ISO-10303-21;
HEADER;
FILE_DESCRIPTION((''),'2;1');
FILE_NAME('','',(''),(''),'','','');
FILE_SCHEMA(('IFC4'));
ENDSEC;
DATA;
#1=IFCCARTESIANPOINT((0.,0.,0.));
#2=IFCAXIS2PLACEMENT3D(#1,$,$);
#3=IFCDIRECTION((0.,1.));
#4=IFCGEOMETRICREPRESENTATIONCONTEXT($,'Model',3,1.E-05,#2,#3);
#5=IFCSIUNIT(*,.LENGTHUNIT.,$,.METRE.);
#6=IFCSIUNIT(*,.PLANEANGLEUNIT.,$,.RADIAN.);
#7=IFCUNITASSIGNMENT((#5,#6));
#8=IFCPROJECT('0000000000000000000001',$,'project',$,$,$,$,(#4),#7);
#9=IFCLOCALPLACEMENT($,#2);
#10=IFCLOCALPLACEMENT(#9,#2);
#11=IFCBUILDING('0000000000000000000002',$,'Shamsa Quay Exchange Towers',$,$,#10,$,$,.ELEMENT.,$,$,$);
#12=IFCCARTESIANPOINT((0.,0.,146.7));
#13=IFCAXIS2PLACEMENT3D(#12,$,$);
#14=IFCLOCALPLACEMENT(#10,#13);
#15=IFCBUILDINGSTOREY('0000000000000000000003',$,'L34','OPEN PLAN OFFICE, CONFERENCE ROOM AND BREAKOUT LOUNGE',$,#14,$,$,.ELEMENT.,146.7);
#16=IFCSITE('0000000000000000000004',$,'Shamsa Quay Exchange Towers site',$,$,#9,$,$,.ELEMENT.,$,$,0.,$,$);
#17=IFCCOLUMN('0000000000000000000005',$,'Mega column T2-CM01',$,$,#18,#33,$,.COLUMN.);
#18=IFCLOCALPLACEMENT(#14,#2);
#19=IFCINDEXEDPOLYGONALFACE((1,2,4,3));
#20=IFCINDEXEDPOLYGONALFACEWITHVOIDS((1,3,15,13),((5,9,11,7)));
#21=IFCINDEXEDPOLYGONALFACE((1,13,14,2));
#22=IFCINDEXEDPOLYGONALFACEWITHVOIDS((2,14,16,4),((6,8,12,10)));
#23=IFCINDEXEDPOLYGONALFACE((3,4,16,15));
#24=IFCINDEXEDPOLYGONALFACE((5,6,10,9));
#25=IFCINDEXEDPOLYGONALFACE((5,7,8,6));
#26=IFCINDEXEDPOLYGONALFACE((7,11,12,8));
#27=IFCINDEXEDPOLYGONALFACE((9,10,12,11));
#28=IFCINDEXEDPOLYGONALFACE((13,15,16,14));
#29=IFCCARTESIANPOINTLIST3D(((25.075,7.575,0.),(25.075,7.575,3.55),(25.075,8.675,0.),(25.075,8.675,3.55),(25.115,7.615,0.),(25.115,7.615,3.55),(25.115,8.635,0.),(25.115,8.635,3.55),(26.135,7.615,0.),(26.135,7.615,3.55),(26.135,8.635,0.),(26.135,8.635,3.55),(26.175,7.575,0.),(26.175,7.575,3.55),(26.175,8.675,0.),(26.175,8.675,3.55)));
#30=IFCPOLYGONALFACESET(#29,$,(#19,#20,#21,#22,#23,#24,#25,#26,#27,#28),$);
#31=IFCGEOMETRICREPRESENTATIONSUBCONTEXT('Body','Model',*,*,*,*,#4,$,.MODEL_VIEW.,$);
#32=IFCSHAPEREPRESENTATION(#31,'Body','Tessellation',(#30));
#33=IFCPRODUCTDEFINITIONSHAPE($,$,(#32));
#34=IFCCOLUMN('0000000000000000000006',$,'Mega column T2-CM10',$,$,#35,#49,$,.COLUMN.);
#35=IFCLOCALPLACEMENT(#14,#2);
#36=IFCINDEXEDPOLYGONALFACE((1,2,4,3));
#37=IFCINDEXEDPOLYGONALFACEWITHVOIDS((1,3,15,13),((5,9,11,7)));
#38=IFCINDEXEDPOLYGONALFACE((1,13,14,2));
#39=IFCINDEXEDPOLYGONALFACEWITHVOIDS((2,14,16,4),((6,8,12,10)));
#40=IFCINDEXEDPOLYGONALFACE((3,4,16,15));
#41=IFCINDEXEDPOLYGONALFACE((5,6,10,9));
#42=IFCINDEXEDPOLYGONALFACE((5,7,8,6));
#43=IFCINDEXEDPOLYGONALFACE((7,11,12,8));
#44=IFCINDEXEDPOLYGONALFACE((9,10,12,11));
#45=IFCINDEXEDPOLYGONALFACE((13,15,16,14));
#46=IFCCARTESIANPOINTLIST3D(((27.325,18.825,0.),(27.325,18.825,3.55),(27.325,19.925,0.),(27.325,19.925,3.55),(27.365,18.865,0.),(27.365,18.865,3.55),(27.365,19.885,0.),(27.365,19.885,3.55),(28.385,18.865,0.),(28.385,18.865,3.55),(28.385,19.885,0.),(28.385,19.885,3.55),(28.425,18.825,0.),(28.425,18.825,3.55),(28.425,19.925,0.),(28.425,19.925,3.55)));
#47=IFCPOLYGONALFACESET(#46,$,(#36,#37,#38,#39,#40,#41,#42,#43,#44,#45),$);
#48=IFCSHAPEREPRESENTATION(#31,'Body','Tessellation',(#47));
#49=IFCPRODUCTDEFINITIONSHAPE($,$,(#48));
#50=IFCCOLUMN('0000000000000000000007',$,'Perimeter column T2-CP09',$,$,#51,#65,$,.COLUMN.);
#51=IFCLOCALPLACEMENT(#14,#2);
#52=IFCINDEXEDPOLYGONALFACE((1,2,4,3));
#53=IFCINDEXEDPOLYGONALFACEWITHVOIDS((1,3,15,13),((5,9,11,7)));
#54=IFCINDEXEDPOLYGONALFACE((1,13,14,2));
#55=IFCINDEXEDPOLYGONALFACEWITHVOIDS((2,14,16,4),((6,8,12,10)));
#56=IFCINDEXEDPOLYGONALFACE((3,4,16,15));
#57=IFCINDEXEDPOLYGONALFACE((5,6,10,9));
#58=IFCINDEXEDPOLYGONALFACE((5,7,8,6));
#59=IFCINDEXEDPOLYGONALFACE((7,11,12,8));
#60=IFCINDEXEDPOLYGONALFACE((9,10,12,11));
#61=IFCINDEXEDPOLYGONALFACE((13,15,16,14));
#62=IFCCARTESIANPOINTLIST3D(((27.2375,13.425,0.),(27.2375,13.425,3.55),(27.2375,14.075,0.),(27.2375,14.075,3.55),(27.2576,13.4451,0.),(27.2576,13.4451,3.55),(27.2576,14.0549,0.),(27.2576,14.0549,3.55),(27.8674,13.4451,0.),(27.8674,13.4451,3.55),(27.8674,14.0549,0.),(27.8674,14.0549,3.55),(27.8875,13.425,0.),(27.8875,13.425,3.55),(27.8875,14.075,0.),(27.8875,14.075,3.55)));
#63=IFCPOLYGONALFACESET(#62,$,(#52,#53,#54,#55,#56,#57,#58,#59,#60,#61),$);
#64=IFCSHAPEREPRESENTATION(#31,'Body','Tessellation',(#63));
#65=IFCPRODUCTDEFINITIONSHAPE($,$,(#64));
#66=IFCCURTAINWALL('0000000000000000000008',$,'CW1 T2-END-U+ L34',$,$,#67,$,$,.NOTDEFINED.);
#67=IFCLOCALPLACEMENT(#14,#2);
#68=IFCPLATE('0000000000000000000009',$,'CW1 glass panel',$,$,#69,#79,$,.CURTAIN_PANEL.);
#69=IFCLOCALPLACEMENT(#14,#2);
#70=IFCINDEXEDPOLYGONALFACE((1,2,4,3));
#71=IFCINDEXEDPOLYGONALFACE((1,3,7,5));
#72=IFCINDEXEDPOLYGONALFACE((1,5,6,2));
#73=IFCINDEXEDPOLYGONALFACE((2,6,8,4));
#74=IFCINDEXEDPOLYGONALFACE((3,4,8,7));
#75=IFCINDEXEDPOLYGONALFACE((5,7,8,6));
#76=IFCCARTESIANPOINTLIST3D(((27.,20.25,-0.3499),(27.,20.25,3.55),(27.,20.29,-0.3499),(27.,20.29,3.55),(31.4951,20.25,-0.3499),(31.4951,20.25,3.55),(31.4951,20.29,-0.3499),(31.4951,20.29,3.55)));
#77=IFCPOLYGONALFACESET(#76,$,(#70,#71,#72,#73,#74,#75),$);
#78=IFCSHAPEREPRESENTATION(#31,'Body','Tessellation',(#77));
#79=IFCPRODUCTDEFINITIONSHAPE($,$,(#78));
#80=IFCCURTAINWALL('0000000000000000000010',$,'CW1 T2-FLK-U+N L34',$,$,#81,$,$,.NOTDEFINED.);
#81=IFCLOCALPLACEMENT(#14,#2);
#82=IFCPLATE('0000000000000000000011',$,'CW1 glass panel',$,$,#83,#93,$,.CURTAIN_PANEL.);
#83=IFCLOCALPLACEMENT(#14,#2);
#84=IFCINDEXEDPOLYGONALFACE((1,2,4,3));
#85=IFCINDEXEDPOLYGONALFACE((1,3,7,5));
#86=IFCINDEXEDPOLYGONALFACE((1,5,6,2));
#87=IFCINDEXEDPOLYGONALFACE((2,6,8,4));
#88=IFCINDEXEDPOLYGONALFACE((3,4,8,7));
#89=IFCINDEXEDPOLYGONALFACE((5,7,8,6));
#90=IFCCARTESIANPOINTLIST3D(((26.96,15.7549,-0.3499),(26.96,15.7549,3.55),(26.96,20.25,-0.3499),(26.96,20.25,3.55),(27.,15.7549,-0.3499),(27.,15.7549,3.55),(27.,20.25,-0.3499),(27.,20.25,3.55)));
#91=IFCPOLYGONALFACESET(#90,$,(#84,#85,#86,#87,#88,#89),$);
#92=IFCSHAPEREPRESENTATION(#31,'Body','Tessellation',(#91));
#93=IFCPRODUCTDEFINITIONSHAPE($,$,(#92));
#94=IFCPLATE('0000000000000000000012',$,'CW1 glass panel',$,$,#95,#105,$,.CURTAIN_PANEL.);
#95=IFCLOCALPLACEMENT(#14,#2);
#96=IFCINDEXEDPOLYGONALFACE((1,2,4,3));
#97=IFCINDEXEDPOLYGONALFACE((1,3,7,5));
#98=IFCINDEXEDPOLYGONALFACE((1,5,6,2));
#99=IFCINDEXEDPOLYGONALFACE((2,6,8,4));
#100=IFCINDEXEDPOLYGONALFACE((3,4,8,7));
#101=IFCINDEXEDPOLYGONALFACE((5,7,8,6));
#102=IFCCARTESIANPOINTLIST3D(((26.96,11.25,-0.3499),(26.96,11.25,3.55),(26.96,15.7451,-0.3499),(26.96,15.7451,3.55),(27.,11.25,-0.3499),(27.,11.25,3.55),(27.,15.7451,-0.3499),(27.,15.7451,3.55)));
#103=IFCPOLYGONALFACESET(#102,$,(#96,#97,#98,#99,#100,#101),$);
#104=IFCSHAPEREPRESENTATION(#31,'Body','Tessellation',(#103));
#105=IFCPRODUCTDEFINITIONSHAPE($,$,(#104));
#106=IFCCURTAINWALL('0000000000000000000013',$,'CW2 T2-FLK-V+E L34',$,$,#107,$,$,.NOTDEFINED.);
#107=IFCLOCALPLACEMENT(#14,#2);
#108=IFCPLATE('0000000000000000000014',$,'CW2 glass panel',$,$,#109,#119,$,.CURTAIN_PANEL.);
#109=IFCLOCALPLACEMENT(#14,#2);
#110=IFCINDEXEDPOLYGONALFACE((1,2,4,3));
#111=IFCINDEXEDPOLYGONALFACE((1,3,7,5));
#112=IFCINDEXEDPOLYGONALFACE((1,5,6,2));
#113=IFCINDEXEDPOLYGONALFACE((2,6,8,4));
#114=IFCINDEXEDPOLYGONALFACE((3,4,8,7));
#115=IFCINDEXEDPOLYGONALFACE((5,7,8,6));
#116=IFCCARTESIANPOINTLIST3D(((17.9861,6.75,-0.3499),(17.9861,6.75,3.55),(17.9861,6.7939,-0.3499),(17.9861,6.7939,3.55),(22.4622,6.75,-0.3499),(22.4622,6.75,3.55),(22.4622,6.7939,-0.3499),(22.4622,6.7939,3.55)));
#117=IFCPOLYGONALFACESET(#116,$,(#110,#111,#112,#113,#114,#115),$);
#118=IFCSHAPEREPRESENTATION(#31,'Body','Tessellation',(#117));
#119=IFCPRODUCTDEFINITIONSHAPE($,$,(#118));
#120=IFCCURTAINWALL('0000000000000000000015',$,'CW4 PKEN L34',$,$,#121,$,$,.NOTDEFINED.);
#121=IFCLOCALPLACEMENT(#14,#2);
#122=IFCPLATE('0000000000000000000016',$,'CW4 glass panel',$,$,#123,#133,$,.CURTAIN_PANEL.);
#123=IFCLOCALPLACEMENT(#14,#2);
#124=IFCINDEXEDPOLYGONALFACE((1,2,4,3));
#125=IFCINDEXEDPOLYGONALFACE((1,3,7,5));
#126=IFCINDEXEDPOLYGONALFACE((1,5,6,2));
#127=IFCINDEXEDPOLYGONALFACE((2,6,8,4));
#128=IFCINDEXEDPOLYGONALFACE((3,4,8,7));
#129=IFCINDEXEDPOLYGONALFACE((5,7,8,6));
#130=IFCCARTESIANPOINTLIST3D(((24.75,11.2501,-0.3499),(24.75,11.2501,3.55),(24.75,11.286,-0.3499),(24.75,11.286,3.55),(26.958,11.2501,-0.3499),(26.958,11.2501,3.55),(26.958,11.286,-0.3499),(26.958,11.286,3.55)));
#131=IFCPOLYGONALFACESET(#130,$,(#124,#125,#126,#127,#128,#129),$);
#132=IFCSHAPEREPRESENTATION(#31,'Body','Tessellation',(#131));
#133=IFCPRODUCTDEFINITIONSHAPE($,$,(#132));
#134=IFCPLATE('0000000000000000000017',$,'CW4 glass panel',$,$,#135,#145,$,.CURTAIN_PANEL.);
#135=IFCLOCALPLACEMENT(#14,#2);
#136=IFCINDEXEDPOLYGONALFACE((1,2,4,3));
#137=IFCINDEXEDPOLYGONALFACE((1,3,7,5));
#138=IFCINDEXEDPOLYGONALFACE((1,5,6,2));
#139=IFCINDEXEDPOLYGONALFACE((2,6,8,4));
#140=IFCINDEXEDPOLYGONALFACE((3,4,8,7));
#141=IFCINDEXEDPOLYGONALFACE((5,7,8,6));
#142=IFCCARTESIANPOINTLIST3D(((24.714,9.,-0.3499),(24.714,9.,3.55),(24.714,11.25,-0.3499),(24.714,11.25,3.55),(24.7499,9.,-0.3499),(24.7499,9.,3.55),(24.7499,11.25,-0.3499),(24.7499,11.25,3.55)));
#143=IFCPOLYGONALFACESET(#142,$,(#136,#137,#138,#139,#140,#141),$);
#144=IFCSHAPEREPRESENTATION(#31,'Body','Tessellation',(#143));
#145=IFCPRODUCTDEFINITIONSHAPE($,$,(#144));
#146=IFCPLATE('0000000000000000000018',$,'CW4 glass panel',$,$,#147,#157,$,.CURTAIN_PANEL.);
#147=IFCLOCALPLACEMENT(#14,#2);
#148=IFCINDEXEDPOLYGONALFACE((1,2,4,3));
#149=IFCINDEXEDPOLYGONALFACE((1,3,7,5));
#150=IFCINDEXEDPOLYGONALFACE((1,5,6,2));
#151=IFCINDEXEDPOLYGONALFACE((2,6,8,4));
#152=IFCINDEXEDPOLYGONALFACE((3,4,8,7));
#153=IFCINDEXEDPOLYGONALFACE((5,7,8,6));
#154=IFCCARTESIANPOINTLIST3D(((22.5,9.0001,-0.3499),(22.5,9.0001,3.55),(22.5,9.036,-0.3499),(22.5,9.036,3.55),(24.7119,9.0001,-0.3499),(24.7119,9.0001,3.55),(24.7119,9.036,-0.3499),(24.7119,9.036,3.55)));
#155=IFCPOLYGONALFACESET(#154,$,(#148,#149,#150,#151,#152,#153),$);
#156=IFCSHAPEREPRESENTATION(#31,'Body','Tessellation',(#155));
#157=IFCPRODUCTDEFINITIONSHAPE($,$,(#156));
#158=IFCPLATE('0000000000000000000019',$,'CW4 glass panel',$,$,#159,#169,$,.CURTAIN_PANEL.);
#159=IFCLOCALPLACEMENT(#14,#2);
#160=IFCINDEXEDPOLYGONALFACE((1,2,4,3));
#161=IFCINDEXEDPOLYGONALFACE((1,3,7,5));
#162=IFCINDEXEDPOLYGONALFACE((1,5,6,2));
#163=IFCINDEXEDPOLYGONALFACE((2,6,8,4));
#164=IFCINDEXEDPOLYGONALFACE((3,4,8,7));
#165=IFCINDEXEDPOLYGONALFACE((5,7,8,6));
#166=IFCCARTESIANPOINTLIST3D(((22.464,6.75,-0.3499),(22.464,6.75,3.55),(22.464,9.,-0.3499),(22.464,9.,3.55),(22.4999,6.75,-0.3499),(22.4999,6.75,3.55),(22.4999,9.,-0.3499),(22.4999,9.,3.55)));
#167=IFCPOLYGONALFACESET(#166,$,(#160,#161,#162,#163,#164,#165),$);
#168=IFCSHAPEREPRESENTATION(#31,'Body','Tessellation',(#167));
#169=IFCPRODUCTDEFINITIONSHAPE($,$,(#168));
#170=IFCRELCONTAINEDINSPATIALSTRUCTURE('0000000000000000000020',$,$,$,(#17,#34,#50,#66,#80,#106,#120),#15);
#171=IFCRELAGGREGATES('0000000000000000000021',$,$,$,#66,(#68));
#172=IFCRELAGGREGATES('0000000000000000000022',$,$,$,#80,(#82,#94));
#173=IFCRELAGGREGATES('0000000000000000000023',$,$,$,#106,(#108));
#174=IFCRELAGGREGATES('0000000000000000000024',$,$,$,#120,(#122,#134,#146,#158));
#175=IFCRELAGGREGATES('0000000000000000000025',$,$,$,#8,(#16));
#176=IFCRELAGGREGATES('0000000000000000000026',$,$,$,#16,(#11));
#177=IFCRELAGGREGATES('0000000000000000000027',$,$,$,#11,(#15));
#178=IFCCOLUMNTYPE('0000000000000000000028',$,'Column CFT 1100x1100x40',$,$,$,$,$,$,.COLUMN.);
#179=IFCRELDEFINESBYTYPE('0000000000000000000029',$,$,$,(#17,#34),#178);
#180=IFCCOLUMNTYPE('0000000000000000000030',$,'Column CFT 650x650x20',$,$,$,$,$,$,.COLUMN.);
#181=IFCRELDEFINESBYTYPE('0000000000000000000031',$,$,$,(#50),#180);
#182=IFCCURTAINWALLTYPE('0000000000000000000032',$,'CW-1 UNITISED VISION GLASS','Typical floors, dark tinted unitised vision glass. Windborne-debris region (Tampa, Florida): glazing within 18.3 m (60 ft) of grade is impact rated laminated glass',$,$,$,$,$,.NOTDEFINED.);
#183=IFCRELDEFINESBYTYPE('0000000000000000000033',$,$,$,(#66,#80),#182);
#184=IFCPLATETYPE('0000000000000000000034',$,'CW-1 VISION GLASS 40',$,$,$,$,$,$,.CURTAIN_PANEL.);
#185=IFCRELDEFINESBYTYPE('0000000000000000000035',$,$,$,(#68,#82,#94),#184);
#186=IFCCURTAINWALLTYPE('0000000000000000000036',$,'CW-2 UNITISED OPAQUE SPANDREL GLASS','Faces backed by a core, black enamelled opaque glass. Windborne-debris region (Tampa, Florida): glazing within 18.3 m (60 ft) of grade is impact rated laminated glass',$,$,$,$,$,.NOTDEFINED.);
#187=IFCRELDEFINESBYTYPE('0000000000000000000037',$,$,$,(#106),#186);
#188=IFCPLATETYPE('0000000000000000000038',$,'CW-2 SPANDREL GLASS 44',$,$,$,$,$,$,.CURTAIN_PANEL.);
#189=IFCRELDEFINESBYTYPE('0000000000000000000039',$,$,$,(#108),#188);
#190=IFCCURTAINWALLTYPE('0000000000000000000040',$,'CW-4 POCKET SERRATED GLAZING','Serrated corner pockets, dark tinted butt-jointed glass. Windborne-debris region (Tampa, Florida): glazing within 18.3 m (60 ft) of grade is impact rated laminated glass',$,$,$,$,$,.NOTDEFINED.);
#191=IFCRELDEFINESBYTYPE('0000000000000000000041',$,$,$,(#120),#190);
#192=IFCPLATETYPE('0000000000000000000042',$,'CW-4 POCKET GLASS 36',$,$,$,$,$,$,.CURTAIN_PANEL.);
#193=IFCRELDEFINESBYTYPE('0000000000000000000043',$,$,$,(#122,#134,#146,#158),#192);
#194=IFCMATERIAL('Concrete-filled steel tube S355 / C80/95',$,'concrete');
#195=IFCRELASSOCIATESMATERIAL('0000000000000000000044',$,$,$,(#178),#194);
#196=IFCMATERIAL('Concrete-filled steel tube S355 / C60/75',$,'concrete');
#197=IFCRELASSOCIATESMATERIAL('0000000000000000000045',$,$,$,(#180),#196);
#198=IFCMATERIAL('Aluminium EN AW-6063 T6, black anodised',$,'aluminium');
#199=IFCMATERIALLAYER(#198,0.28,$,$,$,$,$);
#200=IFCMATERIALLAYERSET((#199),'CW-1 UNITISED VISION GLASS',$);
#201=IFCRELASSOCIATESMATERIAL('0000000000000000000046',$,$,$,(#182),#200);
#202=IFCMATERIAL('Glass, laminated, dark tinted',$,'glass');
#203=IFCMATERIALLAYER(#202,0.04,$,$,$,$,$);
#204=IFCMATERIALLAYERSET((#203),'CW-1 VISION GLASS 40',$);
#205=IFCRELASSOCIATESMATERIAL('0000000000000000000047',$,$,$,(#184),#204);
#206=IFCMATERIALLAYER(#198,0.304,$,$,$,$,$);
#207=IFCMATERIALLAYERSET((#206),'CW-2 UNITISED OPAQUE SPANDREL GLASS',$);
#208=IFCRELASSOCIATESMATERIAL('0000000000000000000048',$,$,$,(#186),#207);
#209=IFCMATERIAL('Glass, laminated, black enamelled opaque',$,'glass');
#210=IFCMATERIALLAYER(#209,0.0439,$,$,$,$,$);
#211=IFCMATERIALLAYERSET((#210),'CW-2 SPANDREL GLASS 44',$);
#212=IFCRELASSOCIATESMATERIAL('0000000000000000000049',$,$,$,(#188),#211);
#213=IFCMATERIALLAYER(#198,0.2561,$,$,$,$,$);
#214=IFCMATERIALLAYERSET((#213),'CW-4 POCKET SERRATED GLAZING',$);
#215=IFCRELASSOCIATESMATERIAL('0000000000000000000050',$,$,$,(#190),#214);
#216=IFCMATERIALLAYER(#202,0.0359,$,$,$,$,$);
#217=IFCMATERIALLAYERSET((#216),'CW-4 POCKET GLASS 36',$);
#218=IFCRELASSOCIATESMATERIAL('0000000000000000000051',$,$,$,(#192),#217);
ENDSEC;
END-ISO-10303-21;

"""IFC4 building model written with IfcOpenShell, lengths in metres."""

from ifc_helpers import new_model, si_unit, direction, frame, origin, origin_2d, place, context, subcontext, project, spatial, rectangle, hollow_rectangle, extrude, material, layer, layer_set, material_profile, profile_set, type_object, element, aggregate, save


model = new_model("IFC4")

# Units and contexts
model_context = context("Model", 3, precision=1e-05, world=origin(), true_north=direction((0.0, 1.0)))
body_context = subcontext(model_context, "Body", "Model", "MODEL_VIEW")
ifc_project = project(units=[si_unit("LENGTHUNIT", "METRE"), si_unit("PLANEANGLEUNIT", "RADIAN")], contexts=[model_context])

# Site, building, storey
site_placement = place(None, origin())
site = spatial("IfcSite", under=ifc_project, at=site_placement, Name="Shamsa Quay Exchange Towers site", CompositionType="ELEMENT", RefElevation=0.0)
building_placement = place(site_placement, origin())
building = spatial("IfcBuilding", under=site, at=building_placement, Name="Shamsa Quay Exchange Towers", CompositionType="ELEMENT")
storey_placement = place(building_placement, frame((0.0, 0.0, 146.7)))
storey = spatial("IfcBuildingStorey", under=building, at=storey_placement, Name="L34", Description="OPEN PLAN OFFICE, CONFERENCE ROOM AND BREAKOUT LOUNGE", CompositionType="ELEMENT", Elevation=146.7)

# Columns
ifc_material_1 = material(Name="Concrete-filled steel tube S355 / C80/95", Category="concrete")
ifc_material_profile_1 = material_profile(ifc_material_1, hollow_rectangle(XDim=1.1001, YDim=1.1001, WallThickness=0.04, at=origin_2d()), Name="CFT 1100x1100x40")
ifc_profile_set_1 = profile_set([ifc_material_profile_1], Name="Concrete-filled steel tube S355 / C80/95")
column_type_1 = type_object("IfcColumnType", Name="Column CFT 1100x1100x40", PredefinedType="COLUMN", material=ifc_profile_set_1)
for number, where, name in (
    (1, (25.625, 8.125, 0.0), "Mega column T2-CM01"),
    (2, (27.875, 19.375, 0.0), "Mega column T2-CM10"),
):
    element("IfcColumn", number, at=place(storey_placement, frame(where)), inside=storey, type_object=column_type_1, Name=name, PredefinedType="COLUMN", context=body_context, shape_type="SweptSolid", body=[
        extrude(hollow_rectangle(XDim=1.1001, YDim=1.1001, WallThickness=0.04, at=origin_2d()), origin(), (0.0, 0.0, 1.0), 3.55),
    ])
ifc_material_2 = material(Name="Concrete-filled steel tube S355 / C60/75", Category="concrete")
ifc_material_profile_2 = material_profile(ifc_material_2, hollow_rectangle(XDim=0.6499, YDim=0.6499, WallThickness=0.02, at=origin_2d()), Name="CFT 650x650x20")
ifc_profile_set_2 = profile_set([ifc_material_profile_2], Name="Concrete-filled steel tube S355 / C60/75")
column_type_2 = type_object("IfcColumnType", Name="Column CFT 650x650x20", PredefinedType="COLUMN", material=ifc_profile_set_2)
column_placement = place(storey_placement, frame((27.5625, 13.75, 0.0)))
element("IfcColumn", 3, at=column_placement, inside=storey, type_object=column_type_2, Name="Perimeter column T2-CP09", PredefinedType="COLUMN", context=body_context, shape_type="SweptSolid", body=[
    extrude(hollow_rectangle(XDim=0.6499, YDim=0.6499, WallThickness=0.02, at=origin_2d()), origin(), (0.0, 0.0, 1.0), 3.55),
])

# Curtain wall, plate
ifc_material_3 = material(Name="Aluminium EN AW-6063 T6, black anodised", Category="aluminium")
ifc_layer_1 = layer(ifc_material_3, 0.28)
ifc_layer_set_1 = layer_set([ifc_layer_1], Name="CW-1 UNITISED VISION GLASS")
curtain_wall_type_1 = type_object("IfcCurtainWallType", Name="CW-1 UNITISED VISION GLASS", Description="Typical floors, dark tinted unitised vision glass. Windborne-debris region (Tampa, Florida): glazing within 18.3 m (60 ft) of grade is impact rated laminated glass", PredefinedType="NOTDEFINED", material=ifc_layer_set_1)
curtain_wall_1_placement = place(storey_placement, origin())
curtain_wall_1 = element("IfcCurtainWall", 4, at=curtain_wall_1_placement, inside=storey, type_object=curtain_wall_type_1, Name="CW1 T2-END-U+ L34", PredefinedType="NOTDEFINED")
ifc_material_4 = material(Name="Glass, laminated, dark tinted", Category="glass")
ifc_layer_2 = layer(ifc_material_4, 0.04)
ifc_layer_set_2 = layer_set([ifc_layer_2], Name="CW-1 VISION GLASS 40")
plate_type_1 = type_object("IfcPlateType", Name="CW-1 VISION GLASS 40", PredefinedType="CURTAIN_PANEL", material=ifc_layer_set_2)
plate_1_placement = place(storey_placement, frame((29.2476, 20.27, -0.3499), z_axis=(0.0, 0.0, 1.0), x_axis=(-1.0, 0.0, 0.0)))
plate_1 = element("IfcPlate", 5, at=plate_1_placement, type_object=plate_type_1, Name="CW1 glass panel", PredefinedType="CURTAIN_PANEL", context=body_context, shape_type="SweptSolid", body=[
    extrude(rectangle(XDim=4.4951, YDim=0.04, at=origin_2d()), origin(), (0.0, 0.0, 1.0), 3.8999),
])
aggregate(curtain_wall_1, [plate_1])

# Curtain wall, plates
curtain_wall_2_placement = place(storey_placement, origin())
curtain_wall_2 = element("IfcCurtainWall", 6, at=curtain_wall_2_placement, inside=storey, type_object=curtain_wall_type_1, Name="CW1 T2-FLK-U+N L34", PredefinedType="NOTDEFINED")
plate_2_placement = place(storey_placement, frame((26.98, 18.0024, -0.3499), z_axis=(0.0, 0.0, 1.0), x_axis=(0.0, -1.0, 0.0)))
plate_2 = element("IfcPlate", 7, at=plate_2_placement, type_object=plate_type_1, Name="CW1 glass panel", PredefinedType="CURTAIN_PANEL", context=body_context, shape_type="SweptSolid", body=[
    extrude(rectangle(XDim=4.4951, YDim=0.04, at=origin_2d()), origin(), (0.0, 0.0, 1.0), 3.8999),
])
plate_3_placement = place(storey_placement, frame((26.98, 13.4976, -0.3499), z_axis=(0.0, 0.0, 1.0), x_axis=(0.0, -1.0, 0.0)))
plate_3 = element("IfcPlate", 8, at=plate_3_placement, type_object=plate_type_1, Name="CW1 glass panel", PredefinedType="CURTAIN_PANEL", context=body_context, shape_type="SweptSolid", body=[
    extrude(rectangle(XDim=4.4951, YDim=0.04, at=origin_2d()), origin(), (0.0, 0.0, 1.0), 3.8999),
])
aggregate(curtain_wall_2, [plate_2, plate_3])

# Curtain wall, plate
ifc_layer_3 = layer(ifc_material_3, 0.304)
ifc_layer_set_3 = layer_set([ifc_layer_3], Name="CW-2 UNITISED OPAQUE SPANDREL GLASS")
curtain_wall_type_2 = type_object("IfcCurtainWallType", Name="CW-2 UNITISED OPAQUE SPANDREL GLASS", Description="Faces backed by a core, black enamelled opaque glass. Windborne-debris region (Tampa, Florida): glazing within 18.3 m (60 ft) of grade is impact rated laminated glass", PredefinedType="NOTDEFINED", material=ifc_layer_set_3)
curtain_wall_3_placement = place(storey_placement, origin())
curtain_wall_3 = element("IfcCurtainWall", 9, at=curtain_wall_3_placement, inside=storey, type_object=curtain_wall_type_2, Name="CW2 T2-FLK-V+E L34", PredefinedType="NOTDEFINED")
ifc_material_5 = material(Name="Glass, laminated, black enamelled opaque", Category="glass")
ifc_layer_4 = layer(ifc_material_5, 0.0439)
ifc_layer_set_4 = layer_set([ifc_layer_4], Name="CW-2 SPANDREL GLASS 44")
plate_type_2 = type_object("IfcPlateType", Name="CW-2 SPANDREL GLASS 44", PredefinedType="CURTAIN_PANEL", material=ifc_layer_set_4)
plate_4_placement = place(storey_placement, frame((20.2241, 6.772, -0.3499), z_axis=(0.0, 0.0, 1.0), x_axis=(-1.0, 0.0, 0.0)))
plate_4 = element("IfcPlate", 10, at=plate_4_placement, type_object=plate_type_2, Name="CW2 glass panel", PredefinedType="CURTAIN_PANEL", context=body_context, shape_type="SweptSolid", body=[
    extrude(rectangle(XDim=4.4761, YDim=0.0439, at=origin_2d()), origin(), (0.0, 0.0, 1.0), 3.8999),
])
aggregate(curtain_wall_3, [plate_4])

# Curtain wall, plates
ifc_layer_5 = layer(ifc_material_3, 0.2561)
ifc_layer_set_5 = layer_set([ifc_layer_5], Name="CW-4 POCKET SERRATED GLAZING")
curtain_wall_type_3 = type_object("IfcCurtainWallType", Name="CW-4 POCKET SERRATED GLAZING", Description="Serrated corner pockets, dark tinted butt-jointed glass. Windborne-debris region (Tampa, Florida): glazing within 18.3 m (60 ft) of grade is impact rated laminated glass", PredefinedType="NOTDEFINED", material=ifc_layer_set_5)
curtain_wall_4_placement = place(storey_placement, origin())
curtain_wall_4 = element("IfcCurtainWall", 11, at=curtain_wall_4_placement, inside=storey, type_object=curtain_wall_type_3, Name="CW4 PKEN L34", PredefinedType="NOTDEFINED")
ifc_layer_6 = layer(ifc_material_4, 0.0359)
ifc_layer_set_6 = layer_set([ifc_layer_6], Name="CW-4 POCKET GLASS 36")
plate_type_3 = type_object("IfcPlateType", Name="CW-4 POCKET GLASS 36", PredefinedType="CURTAIN_PANEL", material=ifc_layer_set_6)
plate_5_placement = place(storey_placement, frame((25.854, 11.2681, -0.3499), z_axis=(0.0, 0.0, 1.0), x_axis=(-1.0, 0.0, 0.0)))
plate_5 = element("IfcPlate", 12, at=plate_5_placement, type_object=plate_type_3, Name="CW4 glass panel", PredefinedType="CURTAIN_PANEL", context=body_context, shape_type="SweptSolid", body=[
    extrude(rectangle(XDim=2.208, YDim=0.0359, at=origin_2d()), origin(), (0.0, 0.0, 1.0), 3.8999),
])
plate_6_placement = place(storey_placement, frame((24.7319, 10.125, -0.3499), z_axis=(0.0, 0.0, 1.0), x_axis=(0.0, -1.0, 0.0)))
plate_6 = element("IfcPlate", 13, at=plate_6_placement, type_object=plate_type_3, Name="CW4 glass panel", PredefinedType="CURTAIN_PANEL", context=body_context, shape_type="SweptSolid", body=[
    extrude(rectangle(XDim=2.25, YDim=0.0359, at=origin_2d()), origin(), (0.0, 0.0, 1.0), 3.8999),
])
plate_7_placement = place(storey_placement, frame((23.606, 9.0181, -0.3499), z_axis=(0.0, 0.0, 1.0), x_axis=(-1.0, 0.0, 0.0)))
plate_7 = element("IfcPlate", 14, at=plate_7_placement, type_object=plate_type_3, Name="CW4 glass panel", PredefinedType="CURTAIN_PANEL", context=body_context, shape_type="SweptSolid", body=[
    extrude(rectangle(XDim=2.2119, YDim=0.0359, at=origin_2d()), origin(), (0.0, 0.0, 1.0), 3.8999),
])
plate_8_placement = place(storey_placement, frame((22.4819, 7.875, -0.3499), z_axis=(0.0, 0.0, 1.0), x_axis=(0.0, -1.0, 0.0)))
plate_8 = element("IfcPlate", 15, at=plate_8_placement, type_object=plate_type_3, Name="CW4 glass panel", PredefinedType="CURTAIN_PANEL", context=body_context, shape_type="SweptSolid", body=[
    extrude(rectangle(XDim=2.25, YDim=0.0359, at=origin_2d()), origin(), (0.0, 0.0, 1.0), 3.8999),
])
aggregate(curtain_wall_4, [plate_5, plate_6, plate_7, plate_8])

save(model, "model.ifc")
